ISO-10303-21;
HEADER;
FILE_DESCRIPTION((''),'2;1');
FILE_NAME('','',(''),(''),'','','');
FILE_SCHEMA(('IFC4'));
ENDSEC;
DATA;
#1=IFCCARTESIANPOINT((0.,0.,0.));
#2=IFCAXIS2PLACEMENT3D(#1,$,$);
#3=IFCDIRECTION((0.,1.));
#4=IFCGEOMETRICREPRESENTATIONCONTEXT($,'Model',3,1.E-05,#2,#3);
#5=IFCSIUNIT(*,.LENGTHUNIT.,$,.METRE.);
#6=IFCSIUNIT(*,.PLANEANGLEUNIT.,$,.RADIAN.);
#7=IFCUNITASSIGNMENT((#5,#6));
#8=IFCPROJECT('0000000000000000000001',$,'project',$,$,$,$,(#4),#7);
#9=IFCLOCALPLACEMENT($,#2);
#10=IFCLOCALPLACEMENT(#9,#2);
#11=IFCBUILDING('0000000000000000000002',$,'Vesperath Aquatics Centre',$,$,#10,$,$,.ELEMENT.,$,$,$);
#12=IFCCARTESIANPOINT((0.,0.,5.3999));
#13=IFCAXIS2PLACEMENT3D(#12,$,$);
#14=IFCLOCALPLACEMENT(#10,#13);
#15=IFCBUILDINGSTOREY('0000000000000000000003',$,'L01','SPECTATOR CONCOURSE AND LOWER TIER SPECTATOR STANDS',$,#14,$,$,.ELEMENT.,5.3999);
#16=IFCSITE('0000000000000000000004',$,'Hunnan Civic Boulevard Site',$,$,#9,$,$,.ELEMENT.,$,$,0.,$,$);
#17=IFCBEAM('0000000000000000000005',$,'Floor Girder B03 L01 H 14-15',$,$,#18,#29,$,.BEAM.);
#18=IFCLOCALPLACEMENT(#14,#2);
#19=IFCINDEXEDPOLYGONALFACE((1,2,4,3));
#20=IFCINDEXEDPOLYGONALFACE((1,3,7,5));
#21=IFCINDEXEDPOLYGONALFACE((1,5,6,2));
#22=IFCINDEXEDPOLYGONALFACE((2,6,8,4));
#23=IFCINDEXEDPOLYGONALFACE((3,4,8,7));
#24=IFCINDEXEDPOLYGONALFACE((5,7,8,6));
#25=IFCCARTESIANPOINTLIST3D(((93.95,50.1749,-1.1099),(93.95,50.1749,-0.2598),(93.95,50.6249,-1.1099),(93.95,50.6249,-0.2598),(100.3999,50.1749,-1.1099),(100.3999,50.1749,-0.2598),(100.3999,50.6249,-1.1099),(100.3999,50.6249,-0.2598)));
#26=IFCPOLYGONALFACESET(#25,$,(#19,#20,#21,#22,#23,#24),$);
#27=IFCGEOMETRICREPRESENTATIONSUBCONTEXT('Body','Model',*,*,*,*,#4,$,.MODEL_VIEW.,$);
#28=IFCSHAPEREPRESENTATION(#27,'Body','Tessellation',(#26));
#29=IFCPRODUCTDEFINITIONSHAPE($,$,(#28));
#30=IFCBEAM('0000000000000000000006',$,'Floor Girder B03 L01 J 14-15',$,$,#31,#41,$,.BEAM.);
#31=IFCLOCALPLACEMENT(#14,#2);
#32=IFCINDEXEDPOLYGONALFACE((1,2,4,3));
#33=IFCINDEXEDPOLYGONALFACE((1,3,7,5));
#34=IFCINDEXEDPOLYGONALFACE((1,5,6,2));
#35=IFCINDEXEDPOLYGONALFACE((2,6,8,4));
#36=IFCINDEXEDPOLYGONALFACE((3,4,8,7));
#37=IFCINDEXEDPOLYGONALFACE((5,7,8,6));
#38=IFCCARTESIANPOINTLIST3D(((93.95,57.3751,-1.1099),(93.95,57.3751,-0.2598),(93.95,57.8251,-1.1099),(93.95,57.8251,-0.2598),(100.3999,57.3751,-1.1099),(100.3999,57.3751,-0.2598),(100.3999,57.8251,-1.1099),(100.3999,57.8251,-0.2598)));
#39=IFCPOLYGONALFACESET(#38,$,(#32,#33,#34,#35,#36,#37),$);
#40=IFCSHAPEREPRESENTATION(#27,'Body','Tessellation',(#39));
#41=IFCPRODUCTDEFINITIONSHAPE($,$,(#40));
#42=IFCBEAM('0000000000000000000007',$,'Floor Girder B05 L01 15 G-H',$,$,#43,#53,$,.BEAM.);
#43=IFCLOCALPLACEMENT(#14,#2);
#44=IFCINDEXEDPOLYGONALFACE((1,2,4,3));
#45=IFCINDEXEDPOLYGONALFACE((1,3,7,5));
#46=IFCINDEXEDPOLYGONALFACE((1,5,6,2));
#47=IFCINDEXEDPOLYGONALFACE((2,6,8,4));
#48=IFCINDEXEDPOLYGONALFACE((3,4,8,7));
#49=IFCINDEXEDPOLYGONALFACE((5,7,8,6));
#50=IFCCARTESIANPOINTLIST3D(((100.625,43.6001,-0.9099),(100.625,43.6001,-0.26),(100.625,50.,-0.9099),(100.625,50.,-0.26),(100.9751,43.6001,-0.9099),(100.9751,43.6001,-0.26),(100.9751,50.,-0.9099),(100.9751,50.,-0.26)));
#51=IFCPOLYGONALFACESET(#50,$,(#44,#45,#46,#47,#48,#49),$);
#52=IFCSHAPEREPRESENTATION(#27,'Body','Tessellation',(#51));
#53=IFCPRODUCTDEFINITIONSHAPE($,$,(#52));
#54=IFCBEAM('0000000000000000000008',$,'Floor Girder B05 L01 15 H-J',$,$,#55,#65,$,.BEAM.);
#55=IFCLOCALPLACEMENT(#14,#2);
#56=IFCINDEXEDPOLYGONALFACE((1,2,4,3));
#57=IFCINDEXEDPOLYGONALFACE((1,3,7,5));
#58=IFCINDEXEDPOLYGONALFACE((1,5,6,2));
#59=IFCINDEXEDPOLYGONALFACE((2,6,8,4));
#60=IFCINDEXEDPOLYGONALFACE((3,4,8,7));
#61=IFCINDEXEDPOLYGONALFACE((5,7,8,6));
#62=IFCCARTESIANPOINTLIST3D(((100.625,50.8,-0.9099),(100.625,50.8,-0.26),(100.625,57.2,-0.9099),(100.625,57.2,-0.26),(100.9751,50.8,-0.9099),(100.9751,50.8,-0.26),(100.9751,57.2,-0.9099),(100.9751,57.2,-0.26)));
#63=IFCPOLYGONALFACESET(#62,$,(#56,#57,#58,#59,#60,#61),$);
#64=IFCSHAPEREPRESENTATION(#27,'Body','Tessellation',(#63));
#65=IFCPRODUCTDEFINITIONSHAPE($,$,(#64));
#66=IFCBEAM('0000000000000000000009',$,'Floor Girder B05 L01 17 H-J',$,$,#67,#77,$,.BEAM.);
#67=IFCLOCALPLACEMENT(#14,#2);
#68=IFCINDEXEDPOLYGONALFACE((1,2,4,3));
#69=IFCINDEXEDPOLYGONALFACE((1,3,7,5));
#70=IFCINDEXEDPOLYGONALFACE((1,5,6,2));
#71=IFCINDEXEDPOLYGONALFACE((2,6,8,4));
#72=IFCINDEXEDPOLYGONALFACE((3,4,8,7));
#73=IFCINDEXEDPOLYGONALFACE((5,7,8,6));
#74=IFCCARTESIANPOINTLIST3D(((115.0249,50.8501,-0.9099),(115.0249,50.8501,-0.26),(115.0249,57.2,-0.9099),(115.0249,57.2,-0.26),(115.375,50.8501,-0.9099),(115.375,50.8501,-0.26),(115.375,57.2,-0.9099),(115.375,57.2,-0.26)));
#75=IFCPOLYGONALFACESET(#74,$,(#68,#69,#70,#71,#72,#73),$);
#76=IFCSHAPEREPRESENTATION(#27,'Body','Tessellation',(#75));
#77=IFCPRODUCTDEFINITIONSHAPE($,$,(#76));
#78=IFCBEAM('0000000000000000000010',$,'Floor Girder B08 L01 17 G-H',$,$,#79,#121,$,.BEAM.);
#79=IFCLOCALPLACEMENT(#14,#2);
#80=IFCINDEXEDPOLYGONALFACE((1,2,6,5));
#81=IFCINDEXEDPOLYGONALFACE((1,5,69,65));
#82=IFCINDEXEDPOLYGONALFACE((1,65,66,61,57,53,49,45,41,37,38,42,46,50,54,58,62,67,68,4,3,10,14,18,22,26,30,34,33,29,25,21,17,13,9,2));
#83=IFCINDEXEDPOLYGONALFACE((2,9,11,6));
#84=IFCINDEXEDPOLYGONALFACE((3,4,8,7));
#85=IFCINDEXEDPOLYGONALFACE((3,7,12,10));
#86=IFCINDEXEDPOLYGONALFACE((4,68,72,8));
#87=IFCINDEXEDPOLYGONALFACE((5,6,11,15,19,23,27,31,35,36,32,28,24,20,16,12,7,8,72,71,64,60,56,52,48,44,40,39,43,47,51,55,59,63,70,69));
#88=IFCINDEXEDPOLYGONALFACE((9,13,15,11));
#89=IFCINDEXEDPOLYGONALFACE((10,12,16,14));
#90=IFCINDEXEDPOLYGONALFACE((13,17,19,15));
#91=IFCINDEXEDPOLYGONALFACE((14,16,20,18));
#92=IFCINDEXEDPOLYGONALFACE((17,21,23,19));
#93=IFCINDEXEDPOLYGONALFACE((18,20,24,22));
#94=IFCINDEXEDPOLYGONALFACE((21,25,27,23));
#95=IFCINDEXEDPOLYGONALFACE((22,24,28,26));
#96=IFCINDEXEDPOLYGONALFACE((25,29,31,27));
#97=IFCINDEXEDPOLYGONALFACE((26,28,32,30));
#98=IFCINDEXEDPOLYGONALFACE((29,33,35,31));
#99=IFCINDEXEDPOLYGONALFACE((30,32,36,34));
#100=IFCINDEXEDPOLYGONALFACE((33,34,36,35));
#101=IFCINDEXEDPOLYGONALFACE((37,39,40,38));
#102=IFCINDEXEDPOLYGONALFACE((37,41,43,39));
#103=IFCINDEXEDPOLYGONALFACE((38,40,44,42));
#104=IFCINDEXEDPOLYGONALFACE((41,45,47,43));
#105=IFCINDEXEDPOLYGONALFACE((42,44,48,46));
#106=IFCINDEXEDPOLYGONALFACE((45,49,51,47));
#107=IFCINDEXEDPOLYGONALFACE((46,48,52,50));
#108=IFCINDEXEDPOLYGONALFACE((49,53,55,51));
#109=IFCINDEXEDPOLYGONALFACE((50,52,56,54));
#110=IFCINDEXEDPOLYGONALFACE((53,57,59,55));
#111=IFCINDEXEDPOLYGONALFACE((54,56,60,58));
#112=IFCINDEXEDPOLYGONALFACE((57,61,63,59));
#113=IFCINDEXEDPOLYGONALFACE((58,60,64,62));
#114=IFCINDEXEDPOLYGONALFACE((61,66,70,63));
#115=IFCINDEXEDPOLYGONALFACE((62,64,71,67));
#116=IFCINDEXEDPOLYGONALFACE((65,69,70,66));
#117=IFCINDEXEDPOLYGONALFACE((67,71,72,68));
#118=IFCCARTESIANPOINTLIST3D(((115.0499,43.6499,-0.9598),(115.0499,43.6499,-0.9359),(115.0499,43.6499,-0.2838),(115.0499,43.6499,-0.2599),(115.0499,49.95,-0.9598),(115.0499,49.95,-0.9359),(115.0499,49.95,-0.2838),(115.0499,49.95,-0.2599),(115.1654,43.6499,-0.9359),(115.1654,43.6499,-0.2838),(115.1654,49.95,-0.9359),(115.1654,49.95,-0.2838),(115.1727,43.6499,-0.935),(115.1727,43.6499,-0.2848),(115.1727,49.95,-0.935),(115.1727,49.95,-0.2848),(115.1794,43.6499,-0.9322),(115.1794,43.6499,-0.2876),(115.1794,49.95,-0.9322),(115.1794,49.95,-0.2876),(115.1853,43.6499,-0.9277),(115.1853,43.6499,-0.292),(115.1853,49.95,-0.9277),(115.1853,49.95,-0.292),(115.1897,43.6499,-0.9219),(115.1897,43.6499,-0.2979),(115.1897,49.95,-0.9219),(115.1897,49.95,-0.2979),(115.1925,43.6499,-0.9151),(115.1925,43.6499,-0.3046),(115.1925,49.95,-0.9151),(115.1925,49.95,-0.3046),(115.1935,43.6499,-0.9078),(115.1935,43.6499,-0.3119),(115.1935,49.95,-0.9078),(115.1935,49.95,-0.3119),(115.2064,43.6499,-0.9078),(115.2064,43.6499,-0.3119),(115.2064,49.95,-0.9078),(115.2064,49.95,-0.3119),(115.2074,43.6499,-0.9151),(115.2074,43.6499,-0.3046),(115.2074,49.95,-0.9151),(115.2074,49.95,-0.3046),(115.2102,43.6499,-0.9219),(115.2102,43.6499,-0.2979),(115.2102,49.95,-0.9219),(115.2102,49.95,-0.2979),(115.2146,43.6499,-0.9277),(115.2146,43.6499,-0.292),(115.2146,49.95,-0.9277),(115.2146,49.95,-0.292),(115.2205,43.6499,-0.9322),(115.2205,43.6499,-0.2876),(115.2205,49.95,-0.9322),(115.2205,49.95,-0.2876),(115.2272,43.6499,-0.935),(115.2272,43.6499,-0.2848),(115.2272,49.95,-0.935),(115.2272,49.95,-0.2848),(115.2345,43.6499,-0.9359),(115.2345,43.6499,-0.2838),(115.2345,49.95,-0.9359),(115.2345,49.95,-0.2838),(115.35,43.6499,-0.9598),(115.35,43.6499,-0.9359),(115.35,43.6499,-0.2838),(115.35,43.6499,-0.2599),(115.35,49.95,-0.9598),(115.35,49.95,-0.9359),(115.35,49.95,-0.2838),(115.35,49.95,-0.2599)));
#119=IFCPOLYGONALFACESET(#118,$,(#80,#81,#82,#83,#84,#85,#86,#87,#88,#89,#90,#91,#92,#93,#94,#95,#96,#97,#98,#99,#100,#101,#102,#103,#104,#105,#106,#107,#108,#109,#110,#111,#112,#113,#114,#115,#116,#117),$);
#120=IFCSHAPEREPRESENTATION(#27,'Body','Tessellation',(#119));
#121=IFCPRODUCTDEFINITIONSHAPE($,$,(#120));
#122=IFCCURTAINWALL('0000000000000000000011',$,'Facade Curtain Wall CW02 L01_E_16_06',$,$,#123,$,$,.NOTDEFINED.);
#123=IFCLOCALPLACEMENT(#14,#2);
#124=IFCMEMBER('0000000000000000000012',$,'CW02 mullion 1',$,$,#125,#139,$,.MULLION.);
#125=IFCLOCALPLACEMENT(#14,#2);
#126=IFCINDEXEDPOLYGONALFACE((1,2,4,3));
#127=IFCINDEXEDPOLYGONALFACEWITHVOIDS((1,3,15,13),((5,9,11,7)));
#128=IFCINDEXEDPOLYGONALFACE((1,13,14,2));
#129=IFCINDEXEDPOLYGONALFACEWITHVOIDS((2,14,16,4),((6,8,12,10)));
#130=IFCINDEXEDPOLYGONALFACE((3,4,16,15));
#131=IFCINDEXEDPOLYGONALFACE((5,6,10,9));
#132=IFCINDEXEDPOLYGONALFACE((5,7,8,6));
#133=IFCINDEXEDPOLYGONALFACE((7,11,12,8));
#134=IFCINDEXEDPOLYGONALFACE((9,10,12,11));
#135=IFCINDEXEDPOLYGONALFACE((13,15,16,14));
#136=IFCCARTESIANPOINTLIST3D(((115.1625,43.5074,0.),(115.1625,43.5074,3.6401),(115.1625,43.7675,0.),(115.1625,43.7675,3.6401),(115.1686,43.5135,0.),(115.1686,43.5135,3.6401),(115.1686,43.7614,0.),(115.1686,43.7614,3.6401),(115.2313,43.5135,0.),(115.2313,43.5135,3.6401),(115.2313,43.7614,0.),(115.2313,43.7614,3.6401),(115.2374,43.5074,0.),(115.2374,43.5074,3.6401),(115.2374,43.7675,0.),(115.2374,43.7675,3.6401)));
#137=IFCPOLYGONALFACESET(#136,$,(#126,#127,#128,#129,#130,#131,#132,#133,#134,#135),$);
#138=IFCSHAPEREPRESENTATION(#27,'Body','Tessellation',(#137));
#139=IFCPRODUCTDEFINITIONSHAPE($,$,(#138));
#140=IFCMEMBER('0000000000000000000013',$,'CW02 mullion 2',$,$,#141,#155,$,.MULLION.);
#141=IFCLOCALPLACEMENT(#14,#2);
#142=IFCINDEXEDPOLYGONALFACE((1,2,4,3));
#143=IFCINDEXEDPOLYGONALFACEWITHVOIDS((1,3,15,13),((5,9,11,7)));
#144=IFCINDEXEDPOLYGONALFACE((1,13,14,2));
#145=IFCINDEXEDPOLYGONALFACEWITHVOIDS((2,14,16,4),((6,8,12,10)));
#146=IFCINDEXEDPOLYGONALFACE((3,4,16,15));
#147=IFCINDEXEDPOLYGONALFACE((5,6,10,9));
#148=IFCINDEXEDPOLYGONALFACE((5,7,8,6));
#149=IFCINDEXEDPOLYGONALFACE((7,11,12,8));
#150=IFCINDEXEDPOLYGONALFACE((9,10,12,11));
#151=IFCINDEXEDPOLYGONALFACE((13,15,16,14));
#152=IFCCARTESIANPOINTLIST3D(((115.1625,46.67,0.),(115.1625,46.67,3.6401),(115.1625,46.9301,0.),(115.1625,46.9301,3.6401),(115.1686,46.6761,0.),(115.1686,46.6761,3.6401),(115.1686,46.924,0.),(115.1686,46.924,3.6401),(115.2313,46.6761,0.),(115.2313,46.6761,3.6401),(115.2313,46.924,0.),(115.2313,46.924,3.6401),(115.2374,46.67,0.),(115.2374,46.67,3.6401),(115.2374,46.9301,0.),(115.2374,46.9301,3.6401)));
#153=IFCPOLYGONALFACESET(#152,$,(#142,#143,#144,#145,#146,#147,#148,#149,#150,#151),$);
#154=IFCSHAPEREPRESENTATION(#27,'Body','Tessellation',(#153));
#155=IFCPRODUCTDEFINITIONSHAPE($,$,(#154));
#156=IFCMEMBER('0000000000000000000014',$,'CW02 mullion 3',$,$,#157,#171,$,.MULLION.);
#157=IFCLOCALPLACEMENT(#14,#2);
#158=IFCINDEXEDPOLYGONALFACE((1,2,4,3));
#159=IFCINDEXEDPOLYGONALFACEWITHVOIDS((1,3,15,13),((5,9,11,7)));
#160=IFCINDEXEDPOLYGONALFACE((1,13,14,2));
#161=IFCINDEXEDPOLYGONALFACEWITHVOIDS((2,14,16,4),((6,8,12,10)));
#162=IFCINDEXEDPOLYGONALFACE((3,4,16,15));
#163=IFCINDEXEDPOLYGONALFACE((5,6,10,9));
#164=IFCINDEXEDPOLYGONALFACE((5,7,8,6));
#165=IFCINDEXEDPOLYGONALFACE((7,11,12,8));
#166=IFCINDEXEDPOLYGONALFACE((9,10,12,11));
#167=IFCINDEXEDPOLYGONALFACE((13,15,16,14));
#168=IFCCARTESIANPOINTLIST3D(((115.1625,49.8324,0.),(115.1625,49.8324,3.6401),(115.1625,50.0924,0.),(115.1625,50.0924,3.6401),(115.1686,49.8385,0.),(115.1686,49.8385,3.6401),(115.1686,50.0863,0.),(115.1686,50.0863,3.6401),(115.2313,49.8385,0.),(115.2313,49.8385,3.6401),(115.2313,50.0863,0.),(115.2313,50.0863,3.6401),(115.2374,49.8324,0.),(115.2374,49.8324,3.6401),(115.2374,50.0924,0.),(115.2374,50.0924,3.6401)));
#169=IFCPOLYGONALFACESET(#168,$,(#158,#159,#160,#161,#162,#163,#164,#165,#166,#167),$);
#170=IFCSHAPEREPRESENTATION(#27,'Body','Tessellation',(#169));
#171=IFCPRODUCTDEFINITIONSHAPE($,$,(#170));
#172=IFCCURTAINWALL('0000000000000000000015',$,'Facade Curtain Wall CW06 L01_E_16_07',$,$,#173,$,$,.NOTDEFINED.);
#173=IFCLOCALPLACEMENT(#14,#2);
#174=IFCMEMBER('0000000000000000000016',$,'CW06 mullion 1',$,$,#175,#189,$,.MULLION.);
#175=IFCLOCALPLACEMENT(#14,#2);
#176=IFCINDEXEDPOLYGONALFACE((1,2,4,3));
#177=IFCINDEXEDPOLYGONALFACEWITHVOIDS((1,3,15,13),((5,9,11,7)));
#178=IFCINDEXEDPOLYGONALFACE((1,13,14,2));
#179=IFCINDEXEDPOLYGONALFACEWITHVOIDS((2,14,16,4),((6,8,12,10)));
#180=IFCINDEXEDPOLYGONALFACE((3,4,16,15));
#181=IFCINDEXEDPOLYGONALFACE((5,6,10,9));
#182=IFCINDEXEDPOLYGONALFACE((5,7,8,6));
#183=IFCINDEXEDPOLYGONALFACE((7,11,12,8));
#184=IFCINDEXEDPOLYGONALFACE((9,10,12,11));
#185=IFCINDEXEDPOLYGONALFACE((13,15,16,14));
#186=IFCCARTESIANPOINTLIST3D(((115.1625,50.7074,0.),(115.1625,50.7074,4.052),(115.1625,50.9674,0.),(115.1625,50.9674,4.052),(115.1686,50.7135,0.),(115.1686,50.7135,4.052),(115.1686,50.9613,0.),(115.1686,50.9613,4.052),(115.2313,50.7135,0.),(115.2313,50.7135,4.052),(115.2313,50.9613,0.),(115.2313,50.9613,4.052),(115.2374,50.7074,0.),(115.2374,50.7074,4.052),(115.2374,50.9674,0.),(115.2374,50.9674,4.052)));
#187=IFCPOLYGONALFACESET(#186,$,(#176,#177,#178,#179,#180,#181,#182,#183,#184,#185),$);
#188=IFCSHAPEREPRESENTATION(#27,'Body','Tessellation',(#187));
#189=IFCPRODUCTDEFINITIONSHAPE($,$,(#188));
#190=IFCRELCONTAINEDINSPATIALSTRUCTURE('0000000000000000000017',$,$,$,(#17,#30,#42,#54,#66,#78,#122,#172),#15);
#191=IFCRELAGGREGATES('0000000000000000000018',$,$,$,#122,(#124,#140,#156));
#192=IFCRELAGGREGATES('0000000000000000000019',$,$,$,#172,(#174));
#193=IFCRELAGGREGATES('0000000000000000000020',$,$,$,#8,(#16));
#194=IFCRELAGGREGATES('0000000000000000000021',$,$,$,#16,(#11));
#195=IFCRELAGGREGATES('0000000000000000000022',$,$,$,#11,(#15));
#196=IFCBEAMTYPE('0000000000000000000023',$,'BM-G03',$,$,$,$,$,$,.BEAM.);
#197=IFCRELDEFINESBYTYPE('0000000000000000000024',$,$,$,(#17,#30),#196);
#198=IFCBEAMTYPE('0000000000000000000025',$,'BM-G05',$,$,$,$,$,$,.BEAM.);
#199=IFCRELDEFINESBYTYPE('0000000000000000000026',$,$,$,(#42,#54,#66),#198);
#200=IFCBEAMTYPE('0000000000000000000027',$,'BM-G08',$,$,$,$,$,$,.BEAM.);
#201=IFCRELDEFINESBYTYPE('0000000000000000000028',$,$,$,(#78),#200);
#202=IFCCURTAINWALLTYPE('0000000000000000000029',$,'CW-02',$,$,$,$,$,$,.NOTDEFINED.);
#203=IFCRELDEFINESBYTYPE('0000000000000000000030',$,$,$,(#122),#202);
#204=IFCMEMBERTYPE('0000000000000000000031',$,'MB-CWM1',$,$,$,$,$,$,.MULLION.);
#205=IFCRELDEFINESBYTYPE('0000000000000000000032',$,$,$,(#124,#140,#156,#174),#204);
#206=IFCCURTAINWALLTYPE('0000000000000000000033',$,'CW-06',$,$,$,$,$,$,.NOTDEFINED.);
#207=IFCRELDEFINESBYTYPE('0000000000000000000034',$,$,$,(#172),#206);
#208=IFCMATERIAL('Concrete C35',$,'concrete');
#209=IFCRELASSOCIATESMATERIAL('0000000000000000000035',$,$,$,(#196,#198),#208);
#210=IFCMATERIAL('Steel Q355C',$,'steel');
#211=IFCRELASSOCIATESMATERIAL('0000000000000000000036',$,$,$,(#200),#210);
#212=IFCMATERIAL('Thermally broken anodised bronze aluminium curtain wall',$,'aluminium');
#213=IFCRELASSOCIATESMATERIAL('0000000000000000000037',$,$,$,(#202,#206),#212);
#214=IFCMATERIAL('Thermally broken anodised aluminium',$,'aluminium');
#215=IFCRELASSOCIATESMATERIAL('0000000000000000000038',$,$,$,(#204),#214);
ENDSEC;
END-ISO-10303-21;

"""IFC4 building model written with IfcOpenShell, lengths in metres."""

from ifc_helpers import new_model, si_unit, direction, frame, origin, origin_2d, place, context, subcontext, project, spatial, rectangle, hollow_rectangle, i_section, extrude, material, material_profile, profile_set, type_object, element, aggregate, save


model = new_model("IFC4")

# Units and contexts
model_context = context("Model", 3, precision=1e-05, world=origin(), true_north=direction((0.0, 1.0)))
body_context = subcontext(model_context, "Body", "Model", "MODEL_VIEW")
ifc_project = project(units=[si_unit("LENGTHUNIT", "METRE"), si_unit("PLANEANGLEUNIT", "RADIAN")], contexts=[model_context])

# Site, building, storey
site_placement = place(None, origin())
site = spatial("IfcSite", under=ifc_project, at=site_placement, Name="Hunnan Civic Boulevard Site", CompositionType="ELEMENT", RefElevation=0.0)
building_placement = place(site_placement, origin())
building = spatial("IfcBuilding", under=site, at=building_placement, Name="Vesperath Aquatics Centre", CompositionType="ELEMENT")
storey_placement = place(building_placement, frame((0.0, 0.0, 5.3999)))
storey = spatial("IfcBuildingStorey", under=building, at=storey_placement, Name="L01", Description="SPECTATOR CONCOURSE AND LOWER TIER SPECTATOR STANDS", CompositionType="ELEMENT", Elevation=5.3999)

# Beams
ifc_material_1 = material(Name="Concrete C35", Category="concrete")
ifc_material_profile_1 = material_profile(ifc_material_1, rectangle(XDim=0.45, YDim=0.8501, at=origin_2d()), Name="RC 450x850")
ifc_profile_set_1 = profile_set([ifc_material_profile_1], Name="Concrete C35")
beam_type_1 = type_object("IfcBeamType", Name="BM-G03", PredefinedType="BEAM", material=ifc_profile_set_1)
for number, where, z_axis, x_axis, name in (
    (1, (93.95, 50.3999, -0.6848), (1.0, 0.0, 0.0), (0.0, 1.0, 0.0), "Floor Girder B03 L01 H 14-15"),
    (2, (93.95, 57.6001, -0.6848), (1.0, 0.0, 0.0), (0.0, 1.0, 0.0), "Floor Girder B03 L01 J 14-15"),
):
    element("IfcBeam", number, at=place(storey_placement, frame(where, z_axis=z_axis, x_axis=x_axis)), inside=storey, type_object=beam_type_1, Name=name, PredefinedType="BEAM", context=body_context, shape_type="SweptSolid", body=[
        extrude(rectangle(XDim=0.45, YDim=0.8501, at=origin_2d()), origin(), (0.0, 0.0, 1.0), 6.45),
    ])
ifc_material_profile_2 = material_profile(ifc_material_1, rectangle(XDim=0.3501, YDim=0.6499, at=origin_2d()), Name="RC 350x650")
ifc_profile_set_2 = profile_set([ifc_material_profile_2], Name="Concrete C35")
beam_type_2 = type_object("IfcBeamType", Name="BM-G05", PredefinedType="BEAM", material=ifc_profile_set_2)
for number, where, z_axis, x_axis, name in (
    (3, (100.8, 43.6001, -0.585), (0.0, 1.0, 0.0), (-1.0, 0.0, 0.0), "Floor Girder B05 L01 15 G-H"),
    (4, (100.8, 50.8, -0.585), (0.0, 1.0, 0.0), (-1.0, 0.0, 0.0), "Floor Girder B05 L01 15 H-J"),
):
    element("IfcBeam", number, at=place(storey_placement, frame(where, z_axis=z_axis, x_axis=x_axis)), inside=storey, type_object=beam_type_2, Name=name, PredefinedType="BEAM", context=body_context, shape_type="SweptSolid", body=[
        extrude(rectangle(XDim=0.3501, YDim=0.6499, at=origin_2d()), origin(), (0.0, 0.0, 1.0), 6.3999),
    ])
beam_1_placement = place(storey_placement, frame((115.2, 50.8501, -0.585), z_axis=(0.0, 1.0, 0.0), x_axis=(-1.0, 0.0, 0.0)))
element("IfcBeam", 5, at=beam_1_placement, inside=storey, type_object=beam_type_2, Name="Floor Girder B05 L01 17 H-J", PredefinedType="BEAM", context=body_context, shape_type="SweptSolid", body=[
    extrude(rectangle(XDim=0.3501, YDim=0.6499, at=origin_2d()), origin(), (0.0, 0.0, 1.0), 6.3499),
])
ifc_material_2 = material(Name="Steel Q355C", Category="steel")
ifc_material_profile_3 = material_profile(ifc_material_2, i_section(OverallWidth=0.3, OverallDepth=0.7, WebThickness=0.0129, FlangeThickness=0.0239, FilletRadius=0.0281, at=origin_2d()), Name="HN 700x300x13x24")
ifc_profile_set_3 = profile_set([ifc_material_profile_3], Name="Steel Q355C")
beam_type_3 = type_object("IfcBeamType", Name="BM-G08", PredefinedType="BEAM", material=ifc_profile_set_3)
beam_2_placement = place(storey_placement, frame((115.2, 43.6499, -0.6099), z_axis=(0.0, 1.0, 0.0), x_axis=(-1.0, 0.0, 0.0)))
element("IfcBeam", 6, at=beam_2_placement, inside=storey, type_object=beam_type_3, Name="Floor Girder B08 L01 17 G-H", PredefinedType="BEAM", context=body_context, shape_type="SweptSolid", body=[
    extrude(i_section(OverallWidth=0.3, OverallDepth=0.7, WebThickness=0.0129, FlangeThickness=0.0239, FilletRadius=0.0281, at=origin_2d()), origin(), (0.0, 0.0, 1.0), 6.3),
])

# Curtain walls, members
ifc_material_3 = material(Name="Thermally broken anodised bronze aluminium curtain wall", Category="aluminium")
curtain_wall_type_1 = type_object("IfcCurtainWallType", Name="CW-02", PredefinedType="NOTDEFINED", material=ifc_material_3)
curtain_wall_1_placement = place(storey_placement, origin())
curtain_wall_1 = element("IfcCurtainWall", 7, at=curtain_wall_1_placement, inside=storey, type_object=curtain_wall_type_1, Name="Facade Curtain Wall CW02 L01_E_16_06", PredefinedType="NOTDEFINED")
ifc_material_4 = material(Name="Thermally broken anodised aluminium", Category="aluminium")
ifc_material_profile_4 = material_profile(ifc_material_4, hollow_rectangle(XDim=0.075, YDim=0.26, WallThickness=0.0061, at=origin_2d()), Name="CWM 75x260x6")
ifc_profile_set_4 = profile_set([ifc_material_profile_4], Name="Thermally broken anodised aluminium")
member_type_1 = type_object("IfcMemberType", Name="MB-CWM1", PredefinedType="MULLION", material=ifc_profile_set_4)
member_1_placement = place(storey_placement, frame((115.2, 43.6375, 0.0), z_axis=(0.0, 0.0, 1.0), x_axis=(-1.0, 0.0, 0.0)))
member_1 = element("IfcMember", 8, at=member_1_placement, type_object=member_type_1, Name="CW02 mullion 1", PredefinedType="MULLION", context=body_context, shape_type="SweptSolid", body=[
    extrude(hollow_rectangle(XDim=0.075, YDim=0.26, WallThickness=0.0061, at=origin_2d()), origin(), (0.0, 0.0, 1.0), 3.6401),
])
member_2_placement = place(storey_placement, frame((115.2, 46.8, 0.0), z_axis=(0.0, 0.0, 1.0), x_axis=(-1.0, 0.0, 0.0)))
member_2 = element("IfcMember", 9, at=member_2_placement, type_object=member_type_1, Name="CW02 mullion 2", PredefinedType="MULLION", context=body_context, shape_type="SweptSolid", body=[
    extrude(hollow_rectangle(XDim=0.075, YDim=0.26, WallThickness=0.0061, at=origin_2d()), origin(), (0.0, 0.0, 1.0), 3.6401),
])
member_3_placement = place(storey_placement, frame((115.2, 49.9624, 0.0), z_axis=(0.0, 0.0, 1.0), x_axis=(-1.0, 0.0, 0.0)))
member_3 = element("IfcMember", 10, at=member_3_placement, type_object=member_type_1, Name="CW02 mullion 3", PredefinedType="MULLION", context=body_context, shape_type="SweptSolid", body=[
    extrude(hollow_rectangle(XDim=0.075, YDim=0.26, WallThickness=0.0061, at=origin_2d()), origin(), (0.0, 0.0, 1.0), 3.6401),
])
curtain_wall_type_2 = type_object("IfcCurtainWallType", Name="CW-06", PredefinedType="NOTDEFINED", material=ifc_material_3)
curtain_wall_2_placement = place(storey_placement, origin())
curtain_wall_2 = element("IfcCurtainWall", 11, at=curtain_wall_2_placement, inside=storey, type_object=curtain_wall_type_2, Name="Facade Curtain Wall CW06 L01_E_16_07", PredefinedType="NOTDEFINED")
member_4_placement = place(storey_placement, frame((115.2, 50.8374, 0.0), z_axis=(0.0, 0.0, 1.0), x_axis=(-1.0, 0.0, 0.0)))
member_4 = element("IfcMember", 12, at=member_4_placement, type_object=member_type_1, Name="CW06 mullion 1", PredefinedType="MULLION", context=body_context, shape_type="SweptSolid", body=[
    extrude(hollow_rectangle(XDim=0.075, YDim=0.26, WallThickness=0.0061, at=origin_2d()), origin(), (0.0, 0.0, 1.0), 4.052),
])

aggregate(curtain_wall_1, [member_1, member_2, member_3])
aggregate(curtain_wall_2, [member_4])

save(model, "model.ifc")
